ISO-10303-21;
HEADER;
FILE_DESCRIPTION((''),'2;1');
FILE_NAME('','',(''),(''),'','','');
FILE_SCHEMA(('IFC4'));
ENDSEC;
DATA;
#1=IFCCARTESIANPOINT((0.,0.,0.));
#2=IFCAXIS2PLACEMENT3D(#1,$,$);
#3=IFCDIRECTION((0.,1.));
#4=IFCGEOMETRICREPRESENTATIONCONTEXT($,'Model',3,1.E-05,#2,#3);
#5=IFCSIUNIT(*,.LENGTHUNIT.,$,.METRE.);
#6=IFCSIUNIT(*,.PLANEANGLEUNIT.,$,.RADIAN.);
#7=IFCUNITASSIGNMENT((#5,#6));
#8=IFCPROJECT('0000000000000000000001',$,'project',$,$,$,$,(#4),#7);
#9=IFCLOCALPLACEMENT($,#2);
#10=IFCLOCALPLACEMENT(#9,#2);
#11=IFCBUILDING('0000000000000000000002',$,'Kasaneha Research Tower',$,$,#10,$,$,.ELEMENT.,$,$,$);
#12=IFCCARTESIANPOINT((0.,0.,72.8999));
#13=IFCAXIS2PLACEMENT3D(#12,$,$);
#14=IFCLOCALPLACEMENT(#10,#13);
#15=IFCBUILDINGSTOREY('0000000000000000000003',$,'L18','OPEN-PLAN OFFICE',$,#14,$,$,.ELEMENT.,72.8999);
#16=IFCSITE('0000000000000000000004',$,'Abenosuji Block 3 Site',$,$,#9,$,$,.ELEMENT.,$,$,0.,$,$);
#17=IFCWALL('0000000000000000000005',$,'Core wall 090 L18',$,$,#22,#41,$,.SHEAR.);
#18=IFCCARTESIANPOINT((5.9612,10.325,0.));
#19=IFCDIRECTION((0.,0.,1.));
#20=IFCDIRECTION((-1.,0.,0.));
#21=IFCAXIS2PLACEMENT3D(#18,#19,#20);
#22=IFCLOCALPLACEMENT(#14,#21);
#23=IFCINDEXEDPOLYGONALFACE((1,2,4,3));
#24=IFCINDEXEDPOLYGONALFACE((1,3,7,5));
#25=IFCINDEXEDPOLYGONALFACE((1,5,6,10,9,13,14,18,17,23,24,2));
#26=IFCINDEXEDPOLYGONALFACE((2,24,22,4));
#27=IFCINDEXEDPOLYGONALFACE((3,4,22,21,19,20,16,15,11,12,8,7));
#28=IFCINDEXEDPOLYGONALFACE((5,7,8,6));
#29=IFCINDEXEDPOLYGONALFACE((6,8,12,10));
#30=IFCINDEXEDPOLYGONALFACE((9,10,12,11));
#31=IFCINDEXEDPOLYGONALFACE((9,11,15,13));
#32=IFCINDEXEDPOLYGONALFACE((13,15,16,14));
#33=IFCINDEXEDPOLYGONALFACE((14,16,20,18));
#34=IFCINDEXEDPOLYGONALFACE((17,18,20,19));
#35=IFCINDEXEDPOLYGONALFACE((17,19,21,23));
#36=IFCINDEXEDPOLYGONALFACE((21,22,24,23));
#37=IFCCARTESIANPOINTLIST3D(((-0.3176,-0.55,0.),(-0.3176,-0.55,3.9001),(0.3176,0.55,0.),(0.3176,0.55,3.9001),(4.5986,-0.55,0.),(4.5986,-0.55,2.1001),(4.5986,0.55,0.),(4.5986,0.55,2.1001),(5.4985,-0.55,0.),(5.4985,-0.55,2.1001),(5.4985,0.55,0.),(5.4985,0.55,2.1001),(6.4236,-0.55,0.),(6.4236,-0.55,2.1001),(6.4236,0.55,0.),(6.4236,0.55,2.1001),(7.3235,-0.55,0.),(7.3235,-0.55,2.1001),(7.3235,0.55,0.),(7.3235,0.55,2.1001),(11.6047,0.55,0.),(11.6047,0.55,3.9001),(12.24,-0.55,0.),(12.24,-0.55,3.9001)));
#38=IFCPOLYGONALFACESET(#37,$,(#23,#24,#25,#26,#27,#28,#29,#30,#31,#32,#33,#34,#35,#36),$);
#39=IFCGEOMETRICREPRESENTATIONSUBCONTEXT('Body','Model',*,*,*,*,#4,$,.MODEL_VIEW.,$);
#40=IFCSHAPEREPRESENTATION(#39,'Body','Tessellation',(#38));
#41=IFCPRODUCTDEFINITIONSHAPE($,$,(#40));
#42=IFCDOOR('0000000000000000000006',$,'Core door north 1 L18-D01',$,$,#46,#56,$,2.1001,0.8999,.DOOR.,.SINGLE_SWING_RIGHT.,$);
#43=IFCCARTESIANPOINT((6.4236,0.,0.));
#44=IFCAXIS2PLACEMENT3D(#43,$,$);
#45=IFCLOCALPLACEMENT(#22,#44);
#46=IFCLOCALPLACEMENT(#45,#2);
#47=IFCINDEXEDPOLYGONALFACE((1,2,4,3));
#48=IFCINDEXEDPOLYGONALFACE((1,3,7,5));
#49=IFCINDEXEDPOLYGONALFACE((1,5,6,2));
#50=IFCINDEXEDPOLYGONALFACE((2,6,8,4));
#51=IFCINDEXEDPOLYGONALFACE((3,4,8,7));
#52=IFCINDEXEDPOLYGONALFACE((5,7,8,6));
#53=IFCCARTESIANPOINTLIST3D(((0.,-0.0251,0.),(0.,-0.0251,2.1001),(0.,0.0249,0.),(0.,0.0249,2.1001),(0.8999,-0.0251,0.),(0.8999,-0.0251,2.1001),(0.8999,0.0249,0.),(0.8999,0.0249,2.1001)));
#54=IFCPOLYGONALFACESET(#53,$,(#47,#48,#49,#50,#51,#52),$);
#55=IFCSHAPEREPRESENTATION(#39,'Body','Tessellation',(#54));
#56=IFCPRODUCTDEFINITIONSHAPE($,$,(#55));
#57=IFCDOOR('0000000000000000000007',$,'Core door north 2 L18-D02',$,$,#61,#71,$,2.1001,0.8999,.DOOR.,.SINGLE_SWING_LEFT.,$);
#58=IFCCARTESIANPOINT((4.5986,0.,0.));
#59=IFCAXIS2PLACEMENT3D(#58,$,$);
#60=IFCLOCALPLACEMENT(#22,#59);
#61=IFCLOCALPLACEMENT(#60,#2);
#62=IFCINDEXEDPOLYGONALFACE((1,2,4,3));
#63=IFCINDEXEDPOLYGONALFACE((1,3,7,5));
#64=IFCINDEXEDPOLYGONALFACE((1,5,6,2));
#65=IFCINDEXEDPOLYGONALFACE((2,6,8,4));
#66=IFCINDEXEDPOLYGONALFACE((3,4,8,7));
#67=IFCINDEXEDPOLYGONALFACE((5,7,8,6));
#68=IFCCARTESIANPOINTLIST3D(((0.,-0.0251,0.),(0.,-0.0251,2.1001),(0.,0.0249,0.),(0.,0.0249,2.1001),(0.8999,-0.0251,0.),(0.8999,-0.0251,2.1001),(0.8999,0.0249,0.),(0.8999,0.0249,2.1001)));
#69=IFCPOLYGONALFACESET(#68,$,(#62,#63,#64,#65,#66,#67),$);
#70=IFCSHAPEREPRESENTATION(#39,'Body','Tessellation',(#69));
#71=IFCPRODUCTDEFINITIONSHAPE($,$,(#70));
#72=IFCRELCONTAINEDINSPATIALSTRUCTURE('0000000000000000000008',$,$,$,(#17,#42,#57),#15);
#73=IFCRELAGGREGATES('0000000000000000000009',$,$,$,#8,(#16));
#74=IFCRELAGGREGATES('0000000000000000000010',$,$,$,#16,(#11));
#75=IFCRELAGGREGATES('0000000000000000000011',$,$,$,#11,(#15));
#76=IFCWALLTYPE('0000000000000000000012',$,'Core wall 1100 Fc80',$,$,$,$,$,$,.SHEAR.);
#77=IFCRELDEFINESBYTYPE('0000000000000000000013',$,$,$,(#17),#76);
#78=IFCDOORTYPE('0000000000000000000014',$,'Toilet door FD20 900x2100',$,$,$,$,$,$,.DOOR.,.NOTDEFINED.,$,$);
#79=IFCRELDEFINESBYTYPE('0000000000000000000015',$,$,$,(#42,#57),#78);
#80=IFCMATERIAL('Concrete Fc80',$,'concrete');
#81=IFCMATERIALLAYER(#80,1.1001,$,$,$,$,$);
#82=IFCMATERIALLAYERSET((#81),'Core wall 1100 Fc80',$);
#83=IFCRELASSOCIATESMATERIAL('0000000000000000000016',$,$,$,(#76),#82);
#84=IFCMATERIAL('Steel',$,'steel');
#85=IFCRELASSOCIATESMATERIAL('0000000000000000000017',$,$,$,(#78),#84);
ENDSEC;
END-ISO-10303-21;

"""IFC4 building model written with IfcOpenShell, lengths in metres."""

from ifc_helpers import new_model, si_unit, direction, frame, frame_2d, origin, place, context, subcontext, project, spatial, polyline, rectangle, outline, extrude, material, layer, layer_set, type_object, element, fill, save


model = new_model("IFC4")

# Units and contexts
model_context = context("Model", 3, precision=1e-05, world=origin(), true_north=direction((0.0, 1.0)))
body_context = subcontext(model_context, "Body", "Model", "MODEL_VIEW")
ifc_project = project(units=[si_unit("LENGTHUNIT", "METRE"), si_unit("PLANEANGLEUNIT", "RADIAN")], contexts=[model_context])

# Site, building, storey
site_placement = place(None, origin())
site = spatial("IfcSite", under=ifc_project, at=site_placement, Name="Abenosuji Block 3 Site", CompositionType="ELEMENT", RefElevation=0.0)
building_placement = place(site_placement, origin())
building = spatial("IfcBuilding", under=site, at=building_placement, Name="Kasaneha Research Tower", CompositionType="ELEMENT")
storey_placement = place(building_placement, frame((0.0, 0.0, 72.8999)))
storey = spatial("IfcBuildingStorey", under=building, at=storey_placement, Name="L18", Description="OPEN-PLAN OFFICE", CompositionType="ELEMENT", Elevation=72.8999)

# Shared definitions
ifc_material_1 = material(Name="Concrete Fc80", Category="concrete")
ifc_layer_1 = layer(ifc_material_1, 1.1001)
ifc_layer_set_1 = layer_set([ifc_layer_1], Name="Core wall 1100 Fc80")
wall_type_1 = type_object("IfcWallType", Name="Core wall 1100 Fc80", PredefinedType="SHEAR", material=ifc_layer_set_1)

# Wall, openings, doors
wall_1_placement = place(storey_placement, frame((5.9612, 10.325, 0.0), z_axis=(0.0, 0.0, 1.0), x_axis=(-1.0, 0.0, 0.0)))
wall_1 = element("IfcWall", 1, at=wall_1_placement, inside=storey, type_object=wall_type_1, Name="Core wall 090 L18", PredefinedType="SHEAR", context=body_context, shape_type="SweptSolid", body=[
    extrude(outline(polyline([(-0.3176, -0.55), (4.5986, -0.55), (5.4985, -0.55), (6.4236, -0.55), (7.3235, -0.55), (12.24, -0.55), (11.6047, 0.55), (7.3235, 0.55), (6.4236, 0.55), (5.4985, 0.55), (4.5986, 0.55), (0.3176, 0.55), (-0.3176, -0.55)])), origin(), (0.0, 0.0, 1.0), 3.9001),
])
opening_1_placement = place(wall_1_placement, frame((6.4236, 0.0, 0.0)))
opening_1 = element("IfcOpeningElement", 2, at=opening_1_placement, cuts=wall_1, PredefinedType="OPENING", context=body_context, shape_type="SweptSolid", body=[
    extrude(rectangle(XDim=0.8999, YDim=2.1001, at=frame_2d((0.45, 1.05))), frame((0.0, 0.5601, 0.0), z_axis=(0.0, -1.0, 0.0), x_axis=(1.0, 0.0, 0.0)), (0.0, 0.0, 1.0), 1.1201),
])
opening_2_placement = place(wall_1_placement, frame((4.5986, 0.0, 0.0)))
opening_2 = element("IfcOpeningElement", 3, at=opening_2_placement, cuts=wall_1, PredefinedType="OPENING", context=body_context, shape_type="SweptSolid", body=[
    extrude(rectangle(XDim=0.8999, YDim=2.1001, at=frame_2d((0.45, 1.05))), frame((0.0, 0.5601, 0.0), z_axis=(0.0, -1.0, 0.0), x_axis=(1.0, 0.0, 0.0)), (0.0, 0.0, 1.0), 1.1201),
])
ifc_material_2 = material(Name="Steel", Category="steel")
door_type_1 = type_object("IfcDoorType", Name="Toilet door FD20 900x2100", OperationType="NOTDEFINED", PredefinedType="DOOR", material=ifc_material_2)
door_1_placement = place(opening_1_placement, origin())
door_1 = element("IfcDoor", 4, at=door_1_placement, inside=storey, type_object=door_type_1, Name="Core door north 1 L18-D01", OperationType="SINGLE_SWING_RIGHT", OverallHeight=2.1001, OverallWidth=0.8999, PredefinedType="DOOR", context=body_context, shape_type="SweptSolid", body=[
    extrude(rectangle(XDim=0.8999, YDim=2.1001, at=frame_2d((0.45, 1.05))), frame((0.0, 0.0249, 0.0), z_axis=(0.0, -1.0, 0.0), x_axis=(1.0, 0.0, 0.0)), (0.0, 0.0, 1.0), 0.05),
])
fill(opening_1, door_1)
door_2_placement = place(opening_2_placement, origin())
door_2 = element("IfcDoor", 5, at=door_2_placement, inside=storey, type_object=door_type_1, Name="Core door north 2 L18-D02", OperationType="SINGLE_SWING_LEFT", OverallHeight=2.1001, OverallWidth=0.8999, PredefinedType="DOOR", context=body_context, shape_type="SweptSolid", body=[
    extrude(rectangle(XDim=0.8999, YDim=2.1001, at=frame_2d((0.45, 1.05))), frame((0.0, 0.0249, 0.0), z_axis=(0.0, -1.0, 0.0), x_axis=(1.0, 0.0, 0.0)), (0.0, 0.0, 1.0), 0.05),
])
fill(opening_2, door_2)

save(model, "model.ifc")
